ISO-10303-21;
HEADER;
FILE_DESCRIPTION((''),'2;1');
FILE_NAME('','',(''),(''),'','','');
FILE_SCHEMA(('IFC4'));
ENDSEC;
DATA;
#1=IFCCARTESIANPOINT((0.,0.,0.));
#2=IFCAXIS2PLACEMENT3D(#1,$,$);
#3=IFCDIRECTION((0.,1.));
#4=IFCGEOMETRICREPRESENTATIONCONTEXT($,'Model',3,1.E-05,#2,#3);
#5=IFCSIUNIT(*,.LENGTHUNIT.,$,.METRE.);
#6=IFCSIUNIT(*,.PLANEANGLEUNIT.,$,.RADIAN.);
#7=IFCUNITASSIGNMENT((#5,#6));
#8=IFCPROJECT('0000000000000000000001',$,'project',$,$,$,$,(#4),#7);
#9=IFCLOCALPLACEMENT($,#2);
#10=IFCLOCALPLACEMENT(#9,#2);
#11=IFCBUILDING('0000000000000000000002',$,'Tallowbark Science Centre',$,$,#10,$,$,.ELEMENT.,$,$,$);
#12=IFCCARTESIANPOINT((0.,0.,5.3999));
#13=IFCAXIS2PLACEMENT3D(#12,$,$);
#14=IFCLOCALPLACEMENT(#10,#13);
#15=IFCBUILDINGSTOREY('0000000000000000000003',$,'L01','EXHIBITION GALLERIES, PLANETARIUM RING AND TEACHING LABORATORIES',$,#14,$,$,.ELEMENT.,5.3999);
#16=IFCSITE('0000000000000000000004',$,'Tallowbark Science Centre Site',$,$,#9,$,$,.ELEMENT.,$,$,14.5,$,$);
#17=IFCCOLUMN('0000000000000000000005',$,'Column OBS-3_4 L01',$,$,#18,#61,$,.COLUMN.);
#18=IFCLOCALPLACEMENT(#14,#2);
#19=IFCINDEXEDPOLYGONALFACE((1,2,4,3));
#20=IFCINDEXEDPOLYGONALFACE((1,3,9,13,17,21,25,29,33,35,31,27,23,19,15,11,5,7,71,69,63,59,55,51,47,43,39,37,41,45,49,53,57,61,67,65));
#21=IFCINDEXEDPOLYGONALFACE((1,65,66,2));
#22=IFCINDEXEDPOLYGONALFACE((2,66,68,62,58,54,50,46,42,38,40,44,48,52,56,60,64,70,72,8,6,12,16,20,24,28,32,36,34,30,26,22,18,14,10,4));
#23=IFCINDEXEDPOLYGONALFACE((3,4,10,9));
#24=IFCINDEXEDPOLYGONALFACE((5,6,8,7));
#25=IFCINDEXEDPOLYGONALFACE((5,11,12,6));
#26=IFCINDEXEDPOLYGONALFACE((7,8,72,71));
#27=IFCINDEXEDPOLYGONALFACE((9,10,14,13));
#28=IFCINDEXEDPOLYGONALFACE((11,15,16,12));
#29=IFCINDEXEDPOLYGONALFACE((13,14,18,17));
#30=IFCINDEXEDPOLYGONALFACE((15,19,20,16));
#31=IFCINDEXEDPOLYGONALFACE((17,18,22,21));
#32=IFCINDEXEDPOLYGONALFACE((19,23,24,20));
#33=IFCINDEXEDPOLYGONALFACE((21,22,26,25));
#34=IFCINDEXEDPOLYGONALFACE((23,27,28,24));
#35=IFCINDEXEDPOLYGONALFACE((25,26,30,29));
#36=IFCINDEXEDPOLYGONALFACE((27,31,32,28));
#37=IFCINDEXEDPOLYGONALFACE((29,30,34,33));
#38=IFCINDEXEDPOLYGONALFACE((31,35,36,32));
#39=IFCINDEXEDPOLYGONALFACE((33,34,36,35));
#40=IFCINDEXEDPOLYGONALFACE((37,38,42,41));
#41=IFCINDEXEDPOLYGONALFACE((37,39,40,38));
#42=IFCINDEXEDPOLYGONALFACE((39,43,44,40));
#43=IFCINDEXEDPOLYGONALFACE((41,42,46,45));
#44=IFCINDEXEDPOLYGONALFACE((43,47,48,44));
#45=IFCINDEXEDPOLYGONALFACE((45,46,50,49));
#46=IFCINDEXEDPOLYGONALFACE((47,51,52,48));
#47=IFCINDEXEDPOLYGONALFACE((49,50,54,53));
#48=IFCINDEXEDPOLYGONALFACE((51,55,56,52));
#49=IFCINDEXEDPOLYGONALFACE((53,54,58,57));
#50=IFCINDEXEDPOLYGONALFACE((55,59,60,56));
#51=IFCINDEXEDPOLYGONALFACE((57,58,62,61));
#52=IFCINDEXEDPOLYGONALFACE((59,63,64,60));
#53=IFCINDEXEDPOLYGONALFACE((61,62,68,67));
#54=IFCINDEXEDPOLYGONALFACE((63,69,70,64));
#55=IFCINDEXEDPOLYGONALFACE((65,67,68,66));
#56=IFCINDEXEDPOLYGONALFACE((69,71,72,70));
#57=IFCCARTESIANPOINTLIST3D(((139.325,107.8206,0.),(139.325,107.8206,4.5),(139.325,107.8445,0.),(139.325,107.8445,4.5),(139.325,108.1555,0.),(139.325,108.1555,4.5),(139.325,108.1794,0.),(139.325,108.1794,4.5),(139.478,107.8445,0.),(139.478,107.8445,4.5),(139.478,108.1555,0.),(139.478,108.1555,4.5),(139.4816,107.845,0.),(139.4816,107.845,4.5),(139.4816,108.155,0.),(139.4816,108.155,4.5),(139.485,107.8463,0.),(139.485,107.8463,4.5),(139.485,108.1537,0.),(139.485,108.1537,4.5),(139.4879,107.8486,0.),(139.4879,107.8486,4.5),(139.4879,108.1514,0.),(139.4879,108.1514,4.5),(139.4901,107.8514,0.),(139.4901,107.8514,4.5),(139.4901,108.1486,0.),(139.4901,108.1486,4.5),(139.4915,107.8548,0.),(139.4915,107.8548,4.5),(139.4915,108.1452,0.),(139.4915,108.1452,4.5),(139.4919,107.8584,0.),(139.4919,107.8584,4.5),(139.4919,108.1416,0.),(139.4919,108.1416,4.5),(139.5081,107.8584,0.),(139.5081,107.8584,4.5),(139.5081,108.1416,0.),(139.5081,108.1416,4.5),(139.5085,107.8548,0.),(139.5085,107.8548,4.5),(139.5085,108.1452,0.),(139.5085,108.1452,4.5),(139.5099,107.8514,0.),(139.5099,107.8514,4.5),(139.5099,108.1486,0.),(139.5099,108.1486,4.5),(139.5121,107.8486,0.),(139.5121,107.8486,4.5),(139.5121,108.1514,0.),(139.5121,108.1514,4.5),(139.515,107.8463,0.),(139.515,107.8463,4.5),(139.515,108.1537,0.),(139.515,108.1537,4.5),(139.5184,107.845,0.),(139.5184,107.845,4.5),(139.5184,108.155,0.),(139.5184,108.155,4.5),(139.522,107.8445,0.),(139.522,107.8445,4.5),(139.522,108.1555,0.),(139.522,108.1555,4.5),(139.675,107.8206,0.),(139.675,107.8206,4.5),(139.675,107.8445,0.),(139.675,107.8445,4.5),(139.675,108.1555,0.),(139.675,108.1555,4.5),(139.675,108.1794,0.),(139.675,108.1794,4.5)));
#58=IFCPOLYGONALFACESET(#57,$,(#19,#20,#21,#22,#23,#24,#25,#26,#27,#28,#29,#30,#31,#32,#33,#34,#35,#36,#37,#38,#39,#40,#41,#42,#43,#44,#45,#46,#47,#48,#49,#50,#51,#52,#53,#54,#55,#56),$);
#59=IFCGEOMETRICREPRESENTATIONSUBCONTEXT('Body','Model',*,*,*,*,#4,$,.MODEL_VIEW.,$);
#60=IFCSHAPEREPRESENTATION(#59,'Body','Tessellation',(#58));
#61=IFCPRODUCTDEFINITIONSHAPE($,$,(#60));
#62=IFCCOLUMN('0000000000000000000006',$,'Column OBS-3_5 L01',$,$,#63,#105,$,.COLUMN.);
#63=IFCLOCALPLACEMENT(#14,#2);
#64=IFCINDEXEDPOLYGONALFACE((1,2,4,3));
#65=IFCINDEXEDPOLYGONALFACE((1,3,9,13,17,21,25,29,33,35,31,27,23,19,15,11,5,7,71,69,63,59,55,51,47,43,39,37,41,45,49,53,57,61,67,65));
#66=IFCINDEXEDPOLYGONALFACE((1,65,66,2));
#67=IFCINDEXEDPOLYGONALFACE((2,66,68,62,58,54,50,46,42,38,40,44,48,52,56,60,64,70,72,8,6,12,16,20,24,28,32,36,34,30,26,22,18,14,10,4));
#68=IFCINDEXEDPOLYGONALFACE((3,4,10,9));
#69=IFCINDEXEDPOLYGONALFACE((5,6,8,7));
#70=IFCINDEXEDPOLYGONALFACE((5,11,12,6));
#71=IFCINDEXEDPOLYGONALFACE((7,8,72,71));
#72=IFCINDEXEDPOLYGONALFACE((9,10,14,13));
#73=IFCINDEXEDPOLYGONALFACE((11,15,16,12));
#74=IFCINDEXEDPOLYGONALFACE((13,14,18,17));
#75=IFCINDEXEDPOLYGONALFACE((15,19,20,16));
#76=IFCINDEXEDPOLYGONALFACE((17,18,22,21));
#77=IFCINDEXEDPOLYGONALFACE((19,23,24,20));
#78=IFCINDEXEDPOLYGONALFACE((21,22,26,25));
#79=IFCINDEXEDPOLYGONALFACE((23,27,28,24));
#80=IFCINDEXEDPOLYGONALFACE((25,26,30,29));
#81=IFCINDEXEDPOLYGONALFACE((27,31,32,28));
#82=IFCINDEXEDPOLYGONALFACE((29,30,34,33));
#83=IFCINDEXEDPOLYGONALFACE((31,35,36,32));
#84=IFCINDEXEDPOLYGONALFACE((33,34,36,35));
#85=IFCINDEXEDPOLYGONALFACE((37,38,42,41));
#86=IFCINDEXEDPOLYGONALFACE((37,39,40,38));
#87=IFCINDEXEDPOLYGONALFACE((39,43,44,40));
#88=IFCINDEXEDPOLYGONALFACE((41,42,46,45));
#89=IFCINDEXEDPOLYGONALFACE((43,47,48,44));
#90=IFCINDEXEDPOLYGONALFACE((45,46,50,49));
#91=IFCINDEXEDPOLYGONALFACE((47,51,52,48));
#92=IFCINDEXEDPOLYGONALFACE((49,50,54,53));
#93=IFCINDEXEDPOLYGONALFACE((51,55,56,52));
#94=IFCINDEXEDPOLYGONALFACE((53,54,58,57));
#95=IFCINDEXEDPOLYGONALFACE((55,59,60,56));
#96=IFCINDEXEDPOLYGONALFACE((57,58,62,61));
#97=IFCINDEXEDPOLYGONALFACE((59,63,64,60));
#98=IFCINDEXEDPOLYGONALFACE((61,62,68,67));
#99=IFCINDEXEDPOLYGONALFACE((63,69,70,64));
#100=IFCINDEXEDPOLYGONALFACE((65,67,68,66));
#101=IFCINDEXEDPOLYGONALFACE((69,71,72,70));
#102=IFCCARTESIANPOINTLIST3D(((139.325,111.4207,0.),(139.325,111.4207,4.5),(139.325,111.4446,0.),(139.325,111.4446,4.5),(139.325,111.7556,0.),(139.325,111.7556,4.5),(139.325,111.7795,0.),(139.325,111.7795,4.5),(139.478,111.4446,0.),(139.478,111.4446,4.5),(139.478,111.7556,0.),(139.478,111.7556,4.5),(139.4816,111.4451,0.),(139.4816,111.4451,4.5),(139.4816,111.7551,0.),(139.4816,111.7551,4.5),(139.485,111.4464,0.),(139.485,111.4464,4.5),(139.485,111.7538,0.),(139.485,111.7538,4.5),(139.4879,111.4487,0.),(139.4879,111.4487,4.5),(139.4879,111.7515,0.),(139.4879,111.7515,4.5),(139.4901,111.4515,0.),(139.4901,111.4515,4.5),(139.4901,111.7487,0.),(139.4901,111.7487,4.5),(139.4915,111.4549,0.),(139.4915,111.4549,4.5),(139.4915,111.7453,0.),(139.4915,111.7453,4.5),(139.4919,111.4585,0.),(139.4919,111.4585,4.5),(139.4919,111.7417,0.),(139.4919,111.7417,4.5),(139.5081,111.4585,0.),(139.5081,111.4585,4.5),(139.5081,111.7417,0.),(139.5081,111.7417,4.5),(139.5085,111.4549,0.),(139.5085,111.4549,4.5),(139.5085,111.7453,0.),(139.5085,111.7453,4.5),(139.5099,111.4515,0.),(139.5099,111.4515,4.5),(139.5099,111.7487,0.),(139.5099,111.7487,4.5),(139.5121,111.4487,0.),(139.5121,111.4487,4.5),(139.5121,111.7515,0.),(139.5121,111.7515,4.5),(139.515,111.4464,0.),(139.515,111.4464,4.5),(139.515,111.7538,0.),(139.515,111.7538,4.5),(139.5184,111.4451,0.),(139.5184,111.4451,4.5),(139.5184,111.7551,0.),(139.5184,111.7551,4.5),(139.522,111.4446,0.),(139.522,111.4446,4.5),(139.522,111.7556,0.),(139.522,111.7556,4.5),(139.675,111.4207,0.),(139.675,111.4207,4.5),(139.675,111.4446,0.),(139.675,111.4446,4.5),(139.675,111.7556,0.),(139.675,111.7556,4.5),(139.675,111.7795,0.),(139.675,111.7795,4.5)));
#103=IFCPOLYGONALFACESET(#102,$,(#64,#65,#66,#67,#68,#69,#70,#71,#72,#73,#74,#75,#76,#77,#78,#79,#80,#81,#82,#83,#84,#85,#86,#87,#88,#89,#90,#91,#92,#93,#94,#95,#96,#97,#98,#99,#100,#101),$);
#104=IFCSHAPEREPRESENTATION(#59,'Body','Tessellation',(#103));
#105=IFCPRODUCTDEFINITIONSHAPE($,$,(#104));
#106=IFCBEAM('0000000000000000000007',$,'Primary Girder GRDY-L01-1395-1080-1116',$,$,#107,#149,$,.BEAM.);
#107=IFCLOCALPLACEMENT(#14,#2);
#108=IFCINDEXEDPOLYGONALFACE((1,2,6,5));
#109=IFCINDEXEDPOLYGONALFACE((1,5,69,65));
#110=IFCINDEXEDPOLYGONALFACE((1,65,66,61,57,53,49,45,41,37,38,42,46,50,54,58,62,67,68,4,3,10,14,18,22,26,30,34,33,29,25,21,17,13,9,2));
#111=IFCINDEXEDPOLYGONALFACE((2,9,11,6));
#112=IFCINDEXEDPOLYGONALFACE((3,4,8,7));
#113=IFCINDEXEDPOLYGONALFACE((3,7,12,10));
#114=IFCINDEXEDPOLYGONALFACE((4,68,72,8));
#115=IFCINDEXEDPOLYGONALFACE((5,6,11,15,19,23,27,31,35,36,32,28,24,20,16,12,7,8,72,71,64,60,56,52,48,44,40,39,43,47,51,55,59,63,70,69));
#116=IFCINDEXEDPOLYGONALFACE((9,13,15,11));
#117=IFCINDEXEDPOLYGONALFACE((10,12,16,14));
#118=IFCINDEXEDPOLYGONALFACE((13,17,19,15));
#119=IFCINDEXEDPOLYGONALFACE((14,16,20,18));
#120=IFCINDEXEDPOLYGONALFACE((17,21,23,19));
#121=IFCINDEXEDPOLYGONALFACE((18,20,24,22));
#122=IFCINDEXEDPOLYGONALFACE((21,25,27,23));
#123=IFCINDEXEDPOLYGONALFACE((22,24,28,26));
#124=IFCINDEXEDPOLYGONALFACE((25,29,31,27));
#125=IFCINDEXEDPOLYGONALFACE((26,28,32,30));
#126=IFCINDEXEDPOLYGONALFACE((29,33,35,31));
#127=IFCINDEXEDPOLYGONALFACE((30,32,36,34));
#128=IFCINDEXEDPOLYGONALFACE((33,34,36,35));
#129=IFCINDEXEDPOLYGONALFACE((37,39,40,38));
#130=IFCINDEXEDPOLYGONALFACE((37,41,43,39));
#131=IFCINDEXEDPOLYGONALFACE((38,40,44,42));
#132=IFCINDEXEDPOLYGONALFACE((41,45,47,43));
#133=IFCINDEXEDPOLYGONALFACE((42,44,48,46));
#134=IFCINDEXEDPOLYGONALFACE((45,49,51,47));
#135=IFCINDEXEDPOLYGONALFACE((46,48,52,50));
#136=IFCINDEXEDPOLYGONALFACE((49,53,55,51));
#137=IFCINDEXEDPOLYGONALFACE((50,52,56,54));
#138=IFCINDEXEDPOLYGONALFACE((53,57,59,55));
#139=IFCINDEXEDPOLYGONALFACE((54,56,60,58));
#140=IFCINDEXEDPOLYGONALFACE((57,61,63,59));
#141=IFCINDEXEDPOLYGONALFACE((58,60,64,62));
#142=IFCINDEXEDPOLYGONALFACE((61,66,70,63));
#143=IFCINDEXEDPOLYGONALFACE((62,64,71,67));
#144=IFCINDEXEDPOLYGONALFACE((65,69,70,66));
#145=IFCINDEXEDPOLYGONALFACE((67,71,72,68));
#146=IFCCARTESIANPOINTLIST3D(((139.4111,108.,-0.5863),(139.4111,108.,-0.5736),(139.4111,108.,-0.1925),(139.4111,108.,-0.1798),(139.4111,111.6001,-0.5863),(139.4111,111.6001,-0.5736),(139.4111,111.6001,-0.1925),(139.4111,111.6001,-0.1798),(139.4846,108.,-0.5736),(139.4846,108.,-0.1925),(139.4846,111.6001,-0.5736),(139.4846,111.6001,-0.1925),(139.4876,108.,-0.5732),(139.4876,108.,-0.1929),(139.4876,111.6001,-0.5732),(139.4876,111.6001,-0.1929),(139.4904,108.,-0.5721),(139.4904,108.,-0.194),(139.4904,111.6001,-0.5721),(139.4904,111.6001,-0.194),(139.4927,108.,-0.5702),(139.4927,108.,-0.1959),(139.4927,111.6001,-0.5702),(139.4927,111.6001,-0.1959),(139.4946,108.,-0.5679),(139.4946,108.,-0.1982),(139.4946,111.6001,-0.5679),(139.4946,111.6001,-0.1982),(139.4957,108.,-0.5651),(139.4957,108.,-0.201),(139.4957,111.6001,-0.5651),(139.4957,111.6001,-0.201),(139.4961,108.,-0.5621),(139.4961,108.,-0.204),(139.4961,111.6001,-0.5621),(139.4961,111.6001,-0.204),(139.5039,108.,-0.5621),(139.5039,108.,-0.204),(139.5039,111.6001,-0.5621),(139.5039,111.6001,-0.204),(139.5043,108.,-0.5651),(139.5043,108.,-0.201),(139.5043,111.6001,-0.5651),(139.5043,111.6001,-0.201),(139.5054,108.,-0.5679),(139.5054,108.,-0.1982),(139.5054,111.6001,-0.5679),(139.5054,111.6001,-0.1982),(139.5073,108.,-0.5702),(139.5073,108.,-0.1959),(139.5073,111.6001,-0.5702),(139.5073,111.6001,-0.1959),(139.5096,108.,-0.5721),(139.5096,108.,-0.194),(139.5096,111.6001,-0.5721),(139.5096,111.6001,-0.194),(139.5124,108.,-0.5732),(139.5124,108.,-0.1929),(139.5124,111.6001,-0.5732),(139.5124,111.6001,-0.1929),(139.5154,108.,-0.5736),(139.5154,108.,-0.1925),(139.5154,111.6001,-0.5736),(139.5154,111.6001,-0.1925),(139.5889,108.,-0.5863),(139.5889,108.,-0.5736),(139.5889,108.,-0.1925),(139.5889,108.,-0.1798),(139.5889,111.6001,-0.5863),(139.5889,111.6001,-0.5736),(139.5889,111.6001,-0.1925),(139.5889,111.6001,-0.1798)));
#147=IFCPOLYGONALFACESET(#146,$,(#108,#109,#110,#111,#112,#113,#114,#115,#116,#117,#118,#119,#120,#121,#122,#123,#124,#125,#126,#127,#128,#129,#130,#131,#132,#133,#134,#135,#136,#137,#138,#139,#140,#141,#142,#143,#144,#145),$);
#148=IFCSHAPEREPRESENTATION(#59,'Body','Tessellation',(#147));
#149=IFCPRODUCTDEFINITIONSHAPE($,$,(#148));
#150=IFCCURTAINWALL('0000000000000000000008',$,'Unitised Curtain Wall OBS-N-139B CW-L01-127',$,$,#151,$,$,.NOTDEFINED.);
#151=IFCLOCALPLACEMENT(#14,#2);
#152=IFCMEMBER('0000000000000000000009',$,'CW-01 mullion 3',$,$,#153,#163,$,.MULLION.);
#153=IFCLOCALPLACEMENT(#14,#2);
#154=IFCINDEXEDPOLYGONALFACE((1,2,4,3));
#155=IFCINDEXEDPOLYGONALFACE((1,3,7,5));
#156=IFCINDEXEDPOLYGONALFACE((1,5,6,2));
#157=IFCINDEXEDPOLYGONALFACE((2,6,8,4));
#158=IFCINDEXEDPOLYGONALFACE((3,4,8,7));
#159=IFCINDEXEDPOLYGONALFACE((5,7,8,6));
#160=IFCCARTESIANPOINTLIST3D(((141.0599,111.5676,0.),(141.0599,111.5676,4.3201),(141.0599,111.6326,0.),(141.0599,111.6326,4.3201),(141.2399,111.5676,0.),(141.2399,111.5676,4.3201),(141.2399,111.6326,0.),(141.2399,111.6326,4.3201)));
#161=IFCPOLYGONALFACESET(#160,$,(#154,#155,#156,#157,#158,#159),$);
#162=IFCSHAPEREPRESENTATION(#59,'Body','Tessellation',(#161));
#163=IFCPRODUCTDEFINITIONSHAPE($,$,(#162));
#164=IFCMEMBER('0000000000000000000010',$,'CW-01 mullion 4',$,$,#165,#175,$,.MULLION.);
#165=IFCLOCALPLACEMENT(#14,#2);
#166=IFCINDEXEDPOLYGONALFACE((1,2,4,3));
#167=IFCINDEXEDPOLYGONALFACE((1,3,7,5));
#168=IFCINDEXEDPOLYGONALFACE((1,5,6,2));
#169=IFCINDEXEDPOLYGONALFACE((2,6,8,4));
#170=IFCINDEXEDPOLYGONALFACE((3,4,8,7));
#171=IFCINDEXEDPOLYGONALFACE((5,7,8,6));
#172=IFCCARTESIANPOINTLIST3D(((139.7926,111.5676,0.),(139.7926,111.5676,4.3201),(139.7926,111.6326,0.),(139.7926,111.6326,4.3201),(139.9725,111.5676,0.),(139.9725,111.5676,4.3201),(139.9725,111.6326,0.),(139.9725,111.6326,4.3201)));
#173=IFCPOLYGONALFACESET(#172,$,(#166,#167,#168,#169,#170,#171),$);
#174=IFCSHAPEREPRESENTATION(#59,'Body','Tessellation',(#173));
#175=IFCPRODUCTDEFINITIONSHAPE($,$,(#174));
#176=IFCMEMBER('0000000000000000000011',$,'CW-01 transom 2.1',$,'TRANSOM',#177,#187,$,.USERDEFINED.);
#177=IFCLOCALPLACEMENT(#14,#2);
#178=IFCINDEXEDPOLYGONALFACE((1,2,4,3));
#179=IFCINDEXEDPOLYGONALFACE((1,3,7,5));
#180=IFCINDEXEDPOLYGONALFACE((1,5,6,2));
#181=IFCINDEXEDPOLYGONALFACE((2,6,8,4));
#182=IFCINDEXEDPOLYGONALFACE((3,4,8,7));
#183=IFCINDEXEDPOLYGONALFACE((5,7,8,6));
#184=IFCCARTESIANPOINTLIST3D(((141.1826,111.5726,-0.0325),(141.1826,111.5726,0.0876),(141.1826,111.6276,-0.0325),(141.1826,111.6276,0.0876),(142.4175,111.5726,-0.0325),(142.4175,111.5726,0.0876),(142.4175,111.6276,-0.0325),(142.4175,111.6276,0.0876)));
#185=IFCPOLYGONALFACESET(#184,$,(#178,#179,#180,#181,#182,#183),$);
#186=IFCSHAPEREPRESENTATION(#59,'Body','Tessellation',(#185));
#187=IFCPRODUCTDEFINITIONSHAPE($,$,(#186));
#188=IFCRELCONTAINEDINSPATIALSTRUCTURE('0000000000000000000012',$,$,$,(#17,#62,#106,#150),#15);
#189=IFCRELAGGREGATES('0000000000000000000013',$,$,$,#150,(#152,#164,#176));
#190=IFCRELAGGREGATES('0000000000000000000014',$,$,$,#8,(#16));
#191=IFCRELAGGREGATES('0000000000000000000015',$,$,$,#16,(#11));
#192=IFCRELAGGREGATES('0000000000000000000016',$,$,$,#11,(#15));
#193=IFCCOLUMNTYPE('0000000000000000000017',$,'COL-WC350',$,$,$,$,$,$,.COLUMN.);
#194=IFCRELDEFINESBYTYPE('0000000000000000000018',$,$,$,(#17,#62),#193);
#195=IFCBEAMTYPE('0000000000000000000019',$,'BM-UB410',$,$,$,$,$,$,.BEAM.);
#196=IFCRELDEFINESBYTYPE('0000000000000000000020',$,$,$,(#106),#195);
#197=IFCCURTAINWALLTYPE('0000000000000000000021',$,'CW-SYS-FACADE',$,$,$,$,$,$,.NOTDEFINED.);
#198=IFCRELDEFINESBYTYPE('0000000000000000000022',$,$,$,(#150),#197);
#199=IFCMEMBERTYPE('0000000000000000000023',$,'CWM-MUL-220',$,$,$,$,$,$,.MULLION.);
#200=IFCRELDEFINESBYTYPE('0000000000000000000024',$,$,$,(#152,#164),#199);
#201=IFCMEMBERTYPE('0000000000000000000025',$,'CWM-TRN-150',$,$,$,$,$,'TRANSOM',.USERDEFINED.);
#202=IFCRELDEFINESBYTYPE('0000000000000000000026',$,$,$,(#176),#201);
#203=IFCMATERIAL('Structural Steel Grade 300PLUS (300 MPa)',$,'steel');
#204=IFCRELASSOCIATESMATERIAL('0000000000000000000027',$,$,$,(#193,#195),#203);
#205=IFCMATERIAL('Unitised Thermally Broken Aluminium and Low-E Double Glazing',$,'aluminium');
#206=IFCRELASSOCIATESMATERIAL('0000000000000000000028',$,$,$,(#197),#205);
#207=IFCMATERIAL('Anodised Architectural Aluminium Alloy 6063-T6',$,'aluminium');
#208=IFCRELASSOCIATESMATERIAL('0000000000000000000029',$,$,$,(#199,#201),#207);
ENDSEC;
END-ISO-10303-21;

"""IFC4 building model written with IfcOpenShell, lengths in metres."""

from ifc_helpers import new_model, si_unit, direction, frame, origin, origin_2d, place, context, subcontext, project, spatial, rectangle, i_section, extrude, material, material_profile, profile_set, type_object, element, aggregate, save


model = new_model("IFC4")

# Units and contexts
model_context = context("Model", 3, precision=1e-05, world=origin(), true_north=direction((0.0, 1.0)))
body_context = subcontext(model_context, "Body", "Model", "MODEL_VIEW")
ifc_project = project(units=[si_unit("LENGTHUNIT", "METRE"), si_unit("PLANEANGLEUNIT", "RADIAN")], contexts=[model_context])

# Site, building, storey
site_placement = place(None, origin())
site = spatial("IfcSite", under=ifc_project, at=site_placement, Name="Tallowbark Science Centre Site", CompositionType="ELEMENT", RefElevation=14.5)
building_placement = place(site_placement, origin())
building = spatial("IfcBuilding", under=site, at=building_placement, Name="Tallowbark Science Centre", CompositionType="ELEMENT")
storey_placement = place(building_placement, frame((0.0, 0.0, 5.3999)))
storey = spatial("IfcBuildingStorey", under=building, at=storey_placement, Name="L01", Description="EXHIBITION GALLERIES, PLANETARIUM RING AND TEACHING LABORATORIES", CompositionType="ELEMENT", Elevation=5.3999)

# Columns
ifc_material_1 = material(Name="Structural Steel Grade 300PLUS (300 MPa)", Category="steel")
ifc_material_profile_1 = material_profile(ifc_material_1, i_section(OverallWidth=0.3501, OverallDepth=0.3589, WebThickness=0.0161, FlangeThickness=0.0239, FilletRadius=0.0139, at=origin_2d()), Name="350WC197")
ifc_profile_set_1 = profile_set([ifc_material_profile_1], Name="Structural Steel Grade 300PLUS (300 MPa)")
column_type = type_object("IfcColumnType", Name="COL-WC350", PredefinedType="COLUMN", material=ifc_profile_set_1)
for number, where, z_axis, x_axis, name in (
    (1, (139.5, 108.0, 0.0), (0.0, 0.0, 1.0), (1.0, 0.0, 0.0), "Column OBS-3_4 L01"),
    (2, (139.5, 111.6001, 0.0), (0.0, 0.0, 1.0), (1.0, 0.0, 0.0), "Column OBS-3_5 L01"),
):
    element("IfcColumn", number, at=place(storey_placement, frame(where, z_axis=z_axis, x_axis=x_axis)), inside=storey, type_object=column_type, Name=name, PredefinedType="COLUMN", context=body_context, shape_type="SweptSolid", body=[
        extrude(i_section(OverallWidth=0.3501, OverallDepth=0.3589, WebThickness=0.0161, FlangeThickness=0.0239, FilletRadius=0.0139, at=origin_2d()), origin(), (0.0, 0.0, 1.0), 4.5),
    ])

# Beam
ifc_material_profile_2 = material_profile(ifc_material_1, i_section(OverallWidth=0.1777, OverallDepth=0.4065, WebThickness=0.0078, FlangeThickness=0.0127, FilletRadius=0.0115, at=origin_2d()), Name="410UB59.7")
ifc_profile_set_2 = profile_set([ifc_material_profile_2], Name="Structural Steel Grade 300PLUS (300 MPa)")
beam_type_1 = type_object("IfcBeamType", Name="BM-UB410", PredefinedType="BEAM", material=ifc_profile_set_2)
beam_1_placement = place(storey_placement, frame((139.5, 108.0, -0.3831), z_axis=(0.0, 1.0, 0.0), x_axis=(-1.0, 0.0, 0.0)))
element("IfcBeam", 3, at=beam_1_placement, inside=storey, type_object=beam_type_1, Name="Primary Girder GRDY-L01-1395-1080-1116", PredefinedType="BEAM", context=body_context, shape_type="SweptSolid", body=[
    extrude(i_section(OverallWidth=0.1777, OverallDepth=0.4065, WebThickness=0.0078, FlangeThickness=0.0127, FilletRadius=0.0115, at=origin_2d()), origin(), (0.0, 0.0, 1.0), 3.6001),
])

# Curtain wall, members
ifc_material_2 = material(Name="Unitised Thermally Broken Aluminium and Low-E Double Glazing", Category="aluminium")
curtain_wall_type = type_object("IfcCurtainWallType", Name="CW-SYS-FACADE", PredefinedType="NOTDEFINED", material=ifc_material_2)
curtain_wall_placement = place(storey_placement, origin())
curtain_wall = element("IfcCurtainWall", 4, at=curtain_wall_placement, inside=storey, type_object=curtain_wall_type, Name="Unitised Curtain Wall OBS-N-139B CW-L01-127", PredefinedType="NOTDEFINED")
ifc_material_3 = material(Name="Anodised Architectural Aluminium Alloy 6063-T6", Category="aluminium")
ifc_material_profile_3 = material_profile(ifc_material_3, rectangle(XDim=0.0649, YDim=0.1799, at=origin_2d()), Name="ALU65x180")
ifc_profile_set_3 = profile_set([ifc_material_profile_3], Name="Anodised Architectural Aluminium Alloy 6063-T6")
member_type_1 = type_object("IfcMemberType", Name="CWM-MUL-220", PredefinedType="MULLION", material=ifc_profile_set_3)
member_1_placement = place(storey_placement, frame((141.1499, 111.6001, 0.0), z_axis=(0.0, 0.0, 1.0), x_axis=(0.0, -1.0, 0.0)))
member_1 = element("IfcMember", 5, at=member_1_placement, type_object=member_type_1, Name="CW-01 mullion 3", PredefinedType="MULLION", context=body_context, shape_type="SweptSolid", body=[
    extrude(rectangle(XDim=0.0649, YDim=0.1799, at=origin_2d()), origin(), (0.0, 0.0, 1.0), 4.3201),
])
member_2_placement = place(storey_placement, frame((139.8826, 111.6001, 0.0), z_axis=(0.0, 0.0, 1.0), x_axis=(0.0, -1.0, 0.0)))
member_2 = element("IfcMember", 6, at=member_2_placement, type_object=member_type_1, Name="CW-01 mullion 4", PredefinedType="MULLION", context=body_context, shape_type="SweptSolid", body=[
    extrude(rectangle(XDim=0.0649, YDim=0.1799, at=origin_2d()), origin(), (0.0, 0.0, 1.0), 4.3201),
])
ifc_material_profile_4 = material_profile(ifc_material_3, rectangle(XDim=0.0549, YDim=0.1201, at=origin_2d()), Name="ALU55x120")
ifc_profile_set_4 = profile_set([ifc_material_profile_4], Name="Anodised Architectural Aluminium Alloy 6063-T6")
member_type_2 = type_object("IfcMemberType", Name="CWM-TRN-150", ElementType="TRANSOM", PredefinedType="USERDEFINED", material=ifc_profile_set_4)
member_3_placement = place(storey_placement, frame((142.4175, 111.6001, 0.0276), z_axis=(-1.0, 0.0, 0.0), x_axis=(0.0, -1.0, 0.0)))
member_3 = element("IfcMember", 7, at=member_3_placement, type_object=member_type_2, Name="CW-01 transom 2.1", ObjectType="TRANSOM", PredefinedType="USERDEFINED", context=body_context, shape_type="SweptSolid", body=[
    extrude(rectangle(XDim=0.0549, YDim=0.1201, at=origin_2d()), origin(), (0.0, 0.0, 1.0), 1.2349),
])

aggregate(curtain_wall, [member_1, member_2, member_3])

save(model, "model.ifc")
